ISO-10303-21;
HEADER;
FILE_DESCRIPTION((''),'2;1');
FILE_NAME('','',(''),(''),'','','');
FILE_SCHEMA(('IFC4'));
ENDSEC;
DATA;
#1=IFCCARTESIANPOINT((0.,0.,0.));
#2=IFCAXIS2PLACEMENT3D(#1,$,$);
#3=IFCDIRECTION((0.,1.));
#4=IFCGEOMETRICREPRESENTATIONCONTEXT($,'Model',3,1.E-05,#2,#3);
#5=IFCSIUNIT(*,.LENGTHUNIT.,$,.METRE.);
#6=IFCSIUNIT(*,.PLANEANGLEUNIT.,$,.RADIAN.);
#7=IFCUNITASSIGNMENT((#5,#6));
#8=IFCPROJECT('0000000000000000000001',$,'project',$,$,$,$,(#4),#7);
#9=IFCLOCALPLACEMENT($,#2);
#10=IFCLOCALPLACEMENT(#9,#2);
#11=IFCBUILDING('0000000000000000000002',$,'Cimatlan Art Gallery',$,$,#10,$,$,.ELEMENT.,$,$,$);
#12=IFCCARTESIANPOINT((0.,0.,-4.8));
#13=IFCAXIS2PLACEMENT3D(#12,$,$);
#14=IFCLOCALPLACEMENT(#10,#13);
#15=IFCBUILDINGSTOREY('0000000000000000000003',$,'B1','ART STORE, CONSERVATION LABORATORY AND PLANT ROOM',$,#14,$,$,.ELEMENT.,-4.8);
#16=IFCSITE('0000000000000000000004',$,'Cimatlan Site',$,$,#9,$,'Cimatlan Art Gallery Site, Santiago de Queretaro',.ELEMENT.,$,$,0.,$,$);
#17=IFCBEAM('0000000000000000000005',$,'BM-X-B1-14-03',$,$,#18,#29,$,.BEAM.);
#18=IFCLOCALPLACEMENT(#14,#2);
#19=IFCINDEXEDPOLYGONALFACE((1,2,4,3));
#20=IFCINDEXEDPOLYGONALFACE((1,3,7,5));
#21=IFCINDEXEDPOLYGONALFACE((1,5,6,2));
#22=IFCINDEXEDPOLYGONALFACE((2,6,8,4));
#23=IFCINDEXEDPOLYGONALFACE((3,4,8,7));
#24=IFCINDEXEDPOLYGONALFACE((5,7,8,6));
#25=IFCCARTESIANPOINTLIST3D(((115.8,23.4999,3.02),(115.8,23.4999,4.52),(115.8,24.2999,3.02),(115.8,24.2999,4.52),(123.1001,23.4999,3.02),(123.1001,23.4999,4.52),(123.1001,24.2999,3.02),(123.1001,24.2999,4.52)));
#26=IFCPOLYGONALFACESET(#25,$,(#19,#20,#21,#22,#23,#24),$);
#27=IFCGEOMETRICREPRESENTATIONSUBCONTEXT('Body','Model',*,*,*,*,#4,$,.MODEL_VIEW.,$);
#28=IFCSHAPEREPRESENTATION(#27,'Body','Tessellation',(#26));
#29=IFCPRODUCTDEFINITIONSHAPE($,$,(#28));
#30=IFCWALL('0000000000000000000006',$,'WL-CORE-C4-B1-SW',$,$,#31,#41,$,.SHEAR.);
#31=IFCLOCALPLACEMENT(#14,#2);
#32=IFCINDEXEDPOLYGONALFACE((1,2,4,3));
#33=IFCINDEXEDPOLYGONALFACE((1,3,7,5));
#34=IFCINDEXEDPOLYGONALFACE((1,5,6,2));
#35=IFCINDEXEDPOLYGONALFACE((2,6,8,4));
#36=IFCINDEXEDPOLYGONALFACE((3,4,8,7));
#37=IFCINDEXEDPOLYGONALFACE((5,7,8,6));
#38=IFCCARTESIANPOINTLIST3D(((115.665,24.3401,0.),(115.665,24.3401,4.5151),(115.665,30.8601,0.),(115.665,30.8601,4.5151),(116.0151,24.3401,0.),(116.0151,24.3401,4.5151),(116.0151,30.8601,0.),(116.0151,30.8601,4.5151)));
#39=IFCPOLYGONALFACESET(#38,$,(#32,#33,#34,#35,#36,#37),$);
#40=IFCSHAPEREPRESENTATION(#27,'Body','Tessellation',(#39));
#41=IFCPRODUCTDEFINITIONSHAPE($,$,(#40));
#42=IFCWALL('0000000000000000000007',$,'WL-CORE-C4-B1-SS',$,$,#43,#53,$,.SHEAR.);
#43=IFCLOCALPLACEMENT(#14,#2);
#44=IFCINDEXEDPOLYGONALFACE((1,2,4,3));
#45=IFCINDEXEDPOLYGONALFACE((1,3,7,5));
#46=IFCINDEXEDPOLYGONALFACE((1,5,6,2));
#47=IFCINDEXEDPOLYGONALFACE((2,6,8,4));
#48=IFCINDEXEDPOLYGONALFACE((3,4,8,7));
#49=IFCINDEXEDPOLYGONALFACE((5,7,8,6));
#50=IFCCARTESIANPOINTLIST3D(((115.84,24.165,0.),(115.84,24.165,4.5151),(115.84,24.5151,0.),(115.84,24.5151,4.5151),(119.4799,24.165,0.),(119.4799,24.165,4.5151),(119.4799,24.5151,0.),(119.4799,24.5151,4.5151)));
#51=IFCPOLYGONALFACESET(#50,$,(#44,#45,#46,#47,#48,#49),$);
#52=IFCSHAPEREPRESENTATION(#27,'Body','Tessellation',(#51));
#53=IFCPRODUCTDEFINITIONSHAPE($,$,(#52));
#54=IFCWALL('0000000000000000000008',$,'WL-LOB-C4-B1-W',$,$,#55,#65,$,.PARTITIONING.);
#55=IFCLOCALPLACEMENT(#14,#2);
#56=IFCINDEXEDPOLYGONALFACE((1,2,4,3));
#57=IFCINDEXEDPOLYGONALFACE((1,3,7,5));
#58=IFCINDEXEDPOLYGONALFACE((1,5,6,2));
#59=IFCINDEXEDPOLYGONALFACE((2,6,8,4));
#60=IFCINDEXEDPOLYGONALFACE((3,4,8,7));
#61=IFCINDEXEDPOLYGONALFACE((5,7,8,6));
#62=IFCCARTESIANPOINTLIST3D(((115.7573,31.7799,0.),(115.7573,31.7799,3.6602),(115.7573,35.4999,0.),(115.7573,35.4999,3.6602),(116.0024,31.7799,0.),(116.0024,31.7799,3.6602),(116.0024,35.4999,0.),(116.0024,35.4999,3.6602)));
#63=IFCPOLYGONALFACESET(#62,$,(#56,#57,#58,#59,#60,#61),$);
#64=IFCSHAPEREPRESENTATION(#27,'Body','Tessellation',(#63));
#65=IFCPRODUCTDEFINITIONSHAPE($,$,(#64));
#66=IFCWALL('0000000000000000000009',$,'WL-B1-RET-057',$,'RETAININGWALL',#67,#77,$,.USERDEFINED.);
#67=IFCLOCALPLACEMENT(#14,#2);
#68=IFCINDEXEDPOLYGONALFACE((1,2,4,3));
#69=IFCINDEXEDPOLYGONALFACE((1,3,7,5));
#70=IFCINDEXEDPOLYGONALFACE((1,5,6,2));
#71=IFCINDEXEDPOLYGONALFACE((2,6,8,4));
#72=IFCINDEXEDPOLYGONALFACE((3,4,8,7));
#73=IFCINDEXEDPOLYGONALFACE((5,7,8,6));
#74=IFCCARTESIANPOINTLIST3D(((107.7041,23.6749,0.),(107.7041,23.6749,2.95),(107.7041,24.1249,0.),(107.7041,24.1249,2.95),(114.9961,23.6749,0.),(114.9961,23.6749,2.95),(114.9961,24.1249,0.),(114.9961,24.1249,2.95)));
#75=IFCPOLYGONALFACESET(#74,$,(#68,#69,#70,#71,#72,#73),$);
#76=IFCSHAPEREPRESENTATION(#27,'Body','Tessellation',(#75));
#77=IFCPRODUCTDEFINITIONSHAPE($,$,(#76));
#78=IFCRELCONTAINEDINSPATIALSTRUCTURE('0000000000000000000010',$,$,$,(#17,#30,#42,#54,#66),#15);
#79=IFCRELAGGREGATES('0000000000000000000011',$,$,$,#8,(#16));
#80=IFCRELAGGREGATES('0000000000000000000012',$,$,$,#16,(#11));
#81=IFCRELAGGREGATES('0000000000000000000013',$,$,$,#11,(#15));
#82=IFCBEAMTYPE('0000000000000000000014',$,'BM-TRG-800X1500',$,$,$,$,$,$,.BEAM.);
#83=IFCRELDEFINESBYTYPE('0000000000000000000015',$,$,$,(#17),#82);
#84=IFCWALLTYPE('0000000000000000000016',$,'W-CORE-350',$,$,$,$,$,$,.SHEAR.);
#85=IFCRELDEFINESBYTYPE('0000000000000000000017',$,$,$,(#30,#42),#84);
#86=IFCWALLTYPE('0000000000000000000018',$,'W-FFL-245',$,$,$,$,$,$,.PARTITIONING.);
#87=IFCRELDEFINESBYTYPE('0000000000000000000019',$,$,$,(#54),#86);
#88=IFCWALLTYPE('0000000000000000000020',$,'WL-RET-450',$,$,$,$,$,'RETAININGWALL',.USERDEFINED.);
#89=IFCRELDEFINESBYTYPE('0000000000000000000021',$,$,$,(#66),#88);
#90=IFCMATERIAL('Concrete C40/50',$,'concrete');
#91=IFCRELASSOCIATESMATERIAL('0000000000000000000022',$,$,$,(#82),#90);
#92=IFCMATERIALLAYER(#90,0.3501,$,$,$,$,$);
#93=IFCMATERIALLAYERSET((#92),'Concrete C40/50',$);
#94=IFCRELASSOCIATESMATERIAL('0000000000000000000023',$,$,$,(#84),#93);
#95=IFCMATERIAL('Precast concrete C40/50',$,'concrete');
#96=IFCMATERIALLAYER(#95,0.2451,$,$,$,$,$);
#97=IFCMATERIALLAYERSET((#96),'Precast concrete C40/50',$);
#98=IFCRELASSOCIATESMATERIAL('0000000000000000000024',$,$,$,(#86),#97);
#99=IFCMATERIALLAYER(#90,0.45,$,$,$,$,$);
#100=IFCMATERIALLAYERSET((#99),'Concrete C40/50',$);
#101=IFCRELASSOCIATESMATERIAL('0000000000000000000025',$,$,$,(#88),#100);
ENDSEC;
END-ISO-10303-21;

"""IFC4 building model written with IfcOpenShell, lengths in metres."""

from ifc_helpers import new_model, si_unit, direction, frame, frame_2d, origin, origin_2d, place, context, subcontext, project, spatial, rectangle, extrude, material, layer, layer_set, material_profile, profile_set, type_object, element, save


model = new_model("IFC4")

# Units and contexts
model_context = context("Model", 3, precision=1e-05, world=origin(), true_north=direction((0.0, 1.0)))
body_context = subcontext(model_context, "Body", "Model", "MODEL_VIEW")
ifc_project = project(units=[si_unit("LENGTHUNIT", "METRE"), si_unit("PLANEANGLEUNIT", "RADIAN")], contexts=[model_context])

# Site, building, storey
site_placement = place(None, origin())
site = spatial("IfcSite", under=ifc_project, at=site_placement, Name="Cimatlan Site", LongName="Cimatlan Art Gallery Site, Santiago de Queretaro", CompositionType="ELEMENT", RefElevation=0.0)
building_placement = place(site_placement, origin())
building = spatial("IfcBuilding", under=site, at=building_placement, Name="Cimatlan Art Gallery", CompositionType="ELEMENT")
storey_placement = place(building_placement, frame((0.0, 0.0, -4.8)))
storey = spatial("IfcBuildingStorey", under=building, at=storey_placement, Name="B1", Description="ART STORE, CONSERVATION LABORATORY AND PLANT ROOM", CompositionType="ELEMENT", Elevation=-4.8)

# Shared definitions
ifc_material_1 = material(Name="Concrete C40/50", Category="concrete")

# Beam
ifc_material_profile_1 = material_profile(ifc_material_1, rectangle(XDim=0.8, YDim=1.5, at=origin_2d()), Name="RC800X1500")
ifc_profile_set_1 = profile_set([ifc_material_profile_1], Name="Concrete C40/50")
beam_type_1 = type_object("IfcBeamType", Name="BM-TRG-800X1500", PredefinedType="BEAM", material=ifc_profile_set_1)
beam_1_placement = place(storey_placement, frame((115.8, 23.8999, 3.77), z_axis=(1.0, 0.0, 0.0), x_axis=(0.0, 1.0, 0.0)))
element("IfcBeam", 1, at=beam_1_placement, inside=storey, type_object=beam_type_1, Name="BM-X-B1-14-03", PredefinedType="BEAM", context=body_context, shape_type="SweptSolid", body=[
    extrude(rectangle(XDim=0.8, YDim=1.5, at=origin_2d()), origin(), (0.0, 0.0, 1.0), 7.3),
])

# Walls
ifc_layer_1 = layer(ifc_material_1, 0.3501)
ifc_layer_set_1 = layer_set([ifc_layer_1], Name="Concrete C40/50")
wall_type_1 = type_object("IfcWallType", Name="W-CORE-350", PredefinedType="SHEAR", material=ifc_layer_set_1)
wall_1_placement = place(storey_placement, frame((115.8401, 24.3401, 0.0), z_axis=(0.0, 0.0, 1.0), x_axis=(0.0, 1.0, 0.0)))
element("IfcWall", 2, at=wall_1_placement, inside=storey, type_object=wall_type_1, Name="WL-CORE-C4-B1-SW", PredefinedType="SHEAR", context=body_context, shape_type="SweptSolid", body=[
    extrude(rectangle(XDim=6.52, YDim=0.3501, at=frame_2d((3.26, 0.0))), origin(), (0.0, 0.0, 1.0), 4.5151),
])
wall_2_placement = place(storey_placement, frame((115.8401, 24.3401, 0.0), z_axis=(0.0, 0.0, 1.0), x_axis=(1.0, 0.0, 0.0)))
element("IfcWall", 3, at=wall_2_placement, inside=storey, type_object=wall_type_1, Name="WL-CORE-C4-B1-SS", PredefinedType="SHEAR", context=body_context, shape_type="SweptSolid", body=[
    extrude(rectangle(XDim=3.6399, YDim=0.3501, at=frame_2d((1.8198, 0.0))), origin(), (0.0, 0.0, 1.0), 4.5151),
])

# Shared definitions
ifc_material_2 = material(Name="Precast concrete C40/50", Category="concrete")
ifc_layer_2 = layer(ifc_material_2, 0.2451)
ifc_layer_set_2 = layer_set([ifc_layer_2], Name="Precast concrete C40/50")
wall_type_2 = type_object("IfcWallType", Name="W-FFL-245", PredefinedType="PARTITIONING", material=ifc_layer_set_2)

# Walls
wall_3_placement = place(storey_placement, frame((115.8799, 31.78, 0.0), z_axis=(0.0, 0.0, 1.0), x_axis=(0.0, 1.0, 0.0)))
element("IfcWall", 4, at=wall_3_placement, inside=storey, type_object=wall_type_2, Name="WL-LOB-C4-B1-W", PredefinedType="PARTITIONING", context=body_context, shape_type="SweptSolid", body=[
    extrude(rectangle(XDim=3.72, YDim=0.2451, at=frame_2d((1.8599, 0.0))), origin(), (0.0, 0.0, 1.0), 3.6602),
])
ifc_layer_3 = layer(ifc_material_1, 0.45)
ifc_layer_set_3 = layer_set([ifc_layer_3], Name="Concrete C40/50")
wall_type_3 = type_object("IfcWallType", Name="WL-RET-450", ElementType="RETAININGWALL", PredefinedType="USERDEFINED", material=ifc_layer_set_3)
wall_4_placement = place(storey_placement, frame((114.9961, 23.8999, 0.0), z_axis=(0.0, 0.0, 1.0), x_axis=(-1.0, 0.0, 0.0)))
element("IfcWall", 5, at=wall_4_placement, inside=storey, type_object=wall_type_3, Name="WL-B1-RET-057", ObjectType="RETAININGWALL", PredefinedType="USERDEFINED", context=body_context, shape_type="SweptSolid", body=[
    extrude(rectangle(XDim=7.292, YDim=0.45, at=frame_2d((3.646, 0.0))), origin(), (0.0, 0.0, 1.0), 2.95),
])

save(model, "model.ifc")
